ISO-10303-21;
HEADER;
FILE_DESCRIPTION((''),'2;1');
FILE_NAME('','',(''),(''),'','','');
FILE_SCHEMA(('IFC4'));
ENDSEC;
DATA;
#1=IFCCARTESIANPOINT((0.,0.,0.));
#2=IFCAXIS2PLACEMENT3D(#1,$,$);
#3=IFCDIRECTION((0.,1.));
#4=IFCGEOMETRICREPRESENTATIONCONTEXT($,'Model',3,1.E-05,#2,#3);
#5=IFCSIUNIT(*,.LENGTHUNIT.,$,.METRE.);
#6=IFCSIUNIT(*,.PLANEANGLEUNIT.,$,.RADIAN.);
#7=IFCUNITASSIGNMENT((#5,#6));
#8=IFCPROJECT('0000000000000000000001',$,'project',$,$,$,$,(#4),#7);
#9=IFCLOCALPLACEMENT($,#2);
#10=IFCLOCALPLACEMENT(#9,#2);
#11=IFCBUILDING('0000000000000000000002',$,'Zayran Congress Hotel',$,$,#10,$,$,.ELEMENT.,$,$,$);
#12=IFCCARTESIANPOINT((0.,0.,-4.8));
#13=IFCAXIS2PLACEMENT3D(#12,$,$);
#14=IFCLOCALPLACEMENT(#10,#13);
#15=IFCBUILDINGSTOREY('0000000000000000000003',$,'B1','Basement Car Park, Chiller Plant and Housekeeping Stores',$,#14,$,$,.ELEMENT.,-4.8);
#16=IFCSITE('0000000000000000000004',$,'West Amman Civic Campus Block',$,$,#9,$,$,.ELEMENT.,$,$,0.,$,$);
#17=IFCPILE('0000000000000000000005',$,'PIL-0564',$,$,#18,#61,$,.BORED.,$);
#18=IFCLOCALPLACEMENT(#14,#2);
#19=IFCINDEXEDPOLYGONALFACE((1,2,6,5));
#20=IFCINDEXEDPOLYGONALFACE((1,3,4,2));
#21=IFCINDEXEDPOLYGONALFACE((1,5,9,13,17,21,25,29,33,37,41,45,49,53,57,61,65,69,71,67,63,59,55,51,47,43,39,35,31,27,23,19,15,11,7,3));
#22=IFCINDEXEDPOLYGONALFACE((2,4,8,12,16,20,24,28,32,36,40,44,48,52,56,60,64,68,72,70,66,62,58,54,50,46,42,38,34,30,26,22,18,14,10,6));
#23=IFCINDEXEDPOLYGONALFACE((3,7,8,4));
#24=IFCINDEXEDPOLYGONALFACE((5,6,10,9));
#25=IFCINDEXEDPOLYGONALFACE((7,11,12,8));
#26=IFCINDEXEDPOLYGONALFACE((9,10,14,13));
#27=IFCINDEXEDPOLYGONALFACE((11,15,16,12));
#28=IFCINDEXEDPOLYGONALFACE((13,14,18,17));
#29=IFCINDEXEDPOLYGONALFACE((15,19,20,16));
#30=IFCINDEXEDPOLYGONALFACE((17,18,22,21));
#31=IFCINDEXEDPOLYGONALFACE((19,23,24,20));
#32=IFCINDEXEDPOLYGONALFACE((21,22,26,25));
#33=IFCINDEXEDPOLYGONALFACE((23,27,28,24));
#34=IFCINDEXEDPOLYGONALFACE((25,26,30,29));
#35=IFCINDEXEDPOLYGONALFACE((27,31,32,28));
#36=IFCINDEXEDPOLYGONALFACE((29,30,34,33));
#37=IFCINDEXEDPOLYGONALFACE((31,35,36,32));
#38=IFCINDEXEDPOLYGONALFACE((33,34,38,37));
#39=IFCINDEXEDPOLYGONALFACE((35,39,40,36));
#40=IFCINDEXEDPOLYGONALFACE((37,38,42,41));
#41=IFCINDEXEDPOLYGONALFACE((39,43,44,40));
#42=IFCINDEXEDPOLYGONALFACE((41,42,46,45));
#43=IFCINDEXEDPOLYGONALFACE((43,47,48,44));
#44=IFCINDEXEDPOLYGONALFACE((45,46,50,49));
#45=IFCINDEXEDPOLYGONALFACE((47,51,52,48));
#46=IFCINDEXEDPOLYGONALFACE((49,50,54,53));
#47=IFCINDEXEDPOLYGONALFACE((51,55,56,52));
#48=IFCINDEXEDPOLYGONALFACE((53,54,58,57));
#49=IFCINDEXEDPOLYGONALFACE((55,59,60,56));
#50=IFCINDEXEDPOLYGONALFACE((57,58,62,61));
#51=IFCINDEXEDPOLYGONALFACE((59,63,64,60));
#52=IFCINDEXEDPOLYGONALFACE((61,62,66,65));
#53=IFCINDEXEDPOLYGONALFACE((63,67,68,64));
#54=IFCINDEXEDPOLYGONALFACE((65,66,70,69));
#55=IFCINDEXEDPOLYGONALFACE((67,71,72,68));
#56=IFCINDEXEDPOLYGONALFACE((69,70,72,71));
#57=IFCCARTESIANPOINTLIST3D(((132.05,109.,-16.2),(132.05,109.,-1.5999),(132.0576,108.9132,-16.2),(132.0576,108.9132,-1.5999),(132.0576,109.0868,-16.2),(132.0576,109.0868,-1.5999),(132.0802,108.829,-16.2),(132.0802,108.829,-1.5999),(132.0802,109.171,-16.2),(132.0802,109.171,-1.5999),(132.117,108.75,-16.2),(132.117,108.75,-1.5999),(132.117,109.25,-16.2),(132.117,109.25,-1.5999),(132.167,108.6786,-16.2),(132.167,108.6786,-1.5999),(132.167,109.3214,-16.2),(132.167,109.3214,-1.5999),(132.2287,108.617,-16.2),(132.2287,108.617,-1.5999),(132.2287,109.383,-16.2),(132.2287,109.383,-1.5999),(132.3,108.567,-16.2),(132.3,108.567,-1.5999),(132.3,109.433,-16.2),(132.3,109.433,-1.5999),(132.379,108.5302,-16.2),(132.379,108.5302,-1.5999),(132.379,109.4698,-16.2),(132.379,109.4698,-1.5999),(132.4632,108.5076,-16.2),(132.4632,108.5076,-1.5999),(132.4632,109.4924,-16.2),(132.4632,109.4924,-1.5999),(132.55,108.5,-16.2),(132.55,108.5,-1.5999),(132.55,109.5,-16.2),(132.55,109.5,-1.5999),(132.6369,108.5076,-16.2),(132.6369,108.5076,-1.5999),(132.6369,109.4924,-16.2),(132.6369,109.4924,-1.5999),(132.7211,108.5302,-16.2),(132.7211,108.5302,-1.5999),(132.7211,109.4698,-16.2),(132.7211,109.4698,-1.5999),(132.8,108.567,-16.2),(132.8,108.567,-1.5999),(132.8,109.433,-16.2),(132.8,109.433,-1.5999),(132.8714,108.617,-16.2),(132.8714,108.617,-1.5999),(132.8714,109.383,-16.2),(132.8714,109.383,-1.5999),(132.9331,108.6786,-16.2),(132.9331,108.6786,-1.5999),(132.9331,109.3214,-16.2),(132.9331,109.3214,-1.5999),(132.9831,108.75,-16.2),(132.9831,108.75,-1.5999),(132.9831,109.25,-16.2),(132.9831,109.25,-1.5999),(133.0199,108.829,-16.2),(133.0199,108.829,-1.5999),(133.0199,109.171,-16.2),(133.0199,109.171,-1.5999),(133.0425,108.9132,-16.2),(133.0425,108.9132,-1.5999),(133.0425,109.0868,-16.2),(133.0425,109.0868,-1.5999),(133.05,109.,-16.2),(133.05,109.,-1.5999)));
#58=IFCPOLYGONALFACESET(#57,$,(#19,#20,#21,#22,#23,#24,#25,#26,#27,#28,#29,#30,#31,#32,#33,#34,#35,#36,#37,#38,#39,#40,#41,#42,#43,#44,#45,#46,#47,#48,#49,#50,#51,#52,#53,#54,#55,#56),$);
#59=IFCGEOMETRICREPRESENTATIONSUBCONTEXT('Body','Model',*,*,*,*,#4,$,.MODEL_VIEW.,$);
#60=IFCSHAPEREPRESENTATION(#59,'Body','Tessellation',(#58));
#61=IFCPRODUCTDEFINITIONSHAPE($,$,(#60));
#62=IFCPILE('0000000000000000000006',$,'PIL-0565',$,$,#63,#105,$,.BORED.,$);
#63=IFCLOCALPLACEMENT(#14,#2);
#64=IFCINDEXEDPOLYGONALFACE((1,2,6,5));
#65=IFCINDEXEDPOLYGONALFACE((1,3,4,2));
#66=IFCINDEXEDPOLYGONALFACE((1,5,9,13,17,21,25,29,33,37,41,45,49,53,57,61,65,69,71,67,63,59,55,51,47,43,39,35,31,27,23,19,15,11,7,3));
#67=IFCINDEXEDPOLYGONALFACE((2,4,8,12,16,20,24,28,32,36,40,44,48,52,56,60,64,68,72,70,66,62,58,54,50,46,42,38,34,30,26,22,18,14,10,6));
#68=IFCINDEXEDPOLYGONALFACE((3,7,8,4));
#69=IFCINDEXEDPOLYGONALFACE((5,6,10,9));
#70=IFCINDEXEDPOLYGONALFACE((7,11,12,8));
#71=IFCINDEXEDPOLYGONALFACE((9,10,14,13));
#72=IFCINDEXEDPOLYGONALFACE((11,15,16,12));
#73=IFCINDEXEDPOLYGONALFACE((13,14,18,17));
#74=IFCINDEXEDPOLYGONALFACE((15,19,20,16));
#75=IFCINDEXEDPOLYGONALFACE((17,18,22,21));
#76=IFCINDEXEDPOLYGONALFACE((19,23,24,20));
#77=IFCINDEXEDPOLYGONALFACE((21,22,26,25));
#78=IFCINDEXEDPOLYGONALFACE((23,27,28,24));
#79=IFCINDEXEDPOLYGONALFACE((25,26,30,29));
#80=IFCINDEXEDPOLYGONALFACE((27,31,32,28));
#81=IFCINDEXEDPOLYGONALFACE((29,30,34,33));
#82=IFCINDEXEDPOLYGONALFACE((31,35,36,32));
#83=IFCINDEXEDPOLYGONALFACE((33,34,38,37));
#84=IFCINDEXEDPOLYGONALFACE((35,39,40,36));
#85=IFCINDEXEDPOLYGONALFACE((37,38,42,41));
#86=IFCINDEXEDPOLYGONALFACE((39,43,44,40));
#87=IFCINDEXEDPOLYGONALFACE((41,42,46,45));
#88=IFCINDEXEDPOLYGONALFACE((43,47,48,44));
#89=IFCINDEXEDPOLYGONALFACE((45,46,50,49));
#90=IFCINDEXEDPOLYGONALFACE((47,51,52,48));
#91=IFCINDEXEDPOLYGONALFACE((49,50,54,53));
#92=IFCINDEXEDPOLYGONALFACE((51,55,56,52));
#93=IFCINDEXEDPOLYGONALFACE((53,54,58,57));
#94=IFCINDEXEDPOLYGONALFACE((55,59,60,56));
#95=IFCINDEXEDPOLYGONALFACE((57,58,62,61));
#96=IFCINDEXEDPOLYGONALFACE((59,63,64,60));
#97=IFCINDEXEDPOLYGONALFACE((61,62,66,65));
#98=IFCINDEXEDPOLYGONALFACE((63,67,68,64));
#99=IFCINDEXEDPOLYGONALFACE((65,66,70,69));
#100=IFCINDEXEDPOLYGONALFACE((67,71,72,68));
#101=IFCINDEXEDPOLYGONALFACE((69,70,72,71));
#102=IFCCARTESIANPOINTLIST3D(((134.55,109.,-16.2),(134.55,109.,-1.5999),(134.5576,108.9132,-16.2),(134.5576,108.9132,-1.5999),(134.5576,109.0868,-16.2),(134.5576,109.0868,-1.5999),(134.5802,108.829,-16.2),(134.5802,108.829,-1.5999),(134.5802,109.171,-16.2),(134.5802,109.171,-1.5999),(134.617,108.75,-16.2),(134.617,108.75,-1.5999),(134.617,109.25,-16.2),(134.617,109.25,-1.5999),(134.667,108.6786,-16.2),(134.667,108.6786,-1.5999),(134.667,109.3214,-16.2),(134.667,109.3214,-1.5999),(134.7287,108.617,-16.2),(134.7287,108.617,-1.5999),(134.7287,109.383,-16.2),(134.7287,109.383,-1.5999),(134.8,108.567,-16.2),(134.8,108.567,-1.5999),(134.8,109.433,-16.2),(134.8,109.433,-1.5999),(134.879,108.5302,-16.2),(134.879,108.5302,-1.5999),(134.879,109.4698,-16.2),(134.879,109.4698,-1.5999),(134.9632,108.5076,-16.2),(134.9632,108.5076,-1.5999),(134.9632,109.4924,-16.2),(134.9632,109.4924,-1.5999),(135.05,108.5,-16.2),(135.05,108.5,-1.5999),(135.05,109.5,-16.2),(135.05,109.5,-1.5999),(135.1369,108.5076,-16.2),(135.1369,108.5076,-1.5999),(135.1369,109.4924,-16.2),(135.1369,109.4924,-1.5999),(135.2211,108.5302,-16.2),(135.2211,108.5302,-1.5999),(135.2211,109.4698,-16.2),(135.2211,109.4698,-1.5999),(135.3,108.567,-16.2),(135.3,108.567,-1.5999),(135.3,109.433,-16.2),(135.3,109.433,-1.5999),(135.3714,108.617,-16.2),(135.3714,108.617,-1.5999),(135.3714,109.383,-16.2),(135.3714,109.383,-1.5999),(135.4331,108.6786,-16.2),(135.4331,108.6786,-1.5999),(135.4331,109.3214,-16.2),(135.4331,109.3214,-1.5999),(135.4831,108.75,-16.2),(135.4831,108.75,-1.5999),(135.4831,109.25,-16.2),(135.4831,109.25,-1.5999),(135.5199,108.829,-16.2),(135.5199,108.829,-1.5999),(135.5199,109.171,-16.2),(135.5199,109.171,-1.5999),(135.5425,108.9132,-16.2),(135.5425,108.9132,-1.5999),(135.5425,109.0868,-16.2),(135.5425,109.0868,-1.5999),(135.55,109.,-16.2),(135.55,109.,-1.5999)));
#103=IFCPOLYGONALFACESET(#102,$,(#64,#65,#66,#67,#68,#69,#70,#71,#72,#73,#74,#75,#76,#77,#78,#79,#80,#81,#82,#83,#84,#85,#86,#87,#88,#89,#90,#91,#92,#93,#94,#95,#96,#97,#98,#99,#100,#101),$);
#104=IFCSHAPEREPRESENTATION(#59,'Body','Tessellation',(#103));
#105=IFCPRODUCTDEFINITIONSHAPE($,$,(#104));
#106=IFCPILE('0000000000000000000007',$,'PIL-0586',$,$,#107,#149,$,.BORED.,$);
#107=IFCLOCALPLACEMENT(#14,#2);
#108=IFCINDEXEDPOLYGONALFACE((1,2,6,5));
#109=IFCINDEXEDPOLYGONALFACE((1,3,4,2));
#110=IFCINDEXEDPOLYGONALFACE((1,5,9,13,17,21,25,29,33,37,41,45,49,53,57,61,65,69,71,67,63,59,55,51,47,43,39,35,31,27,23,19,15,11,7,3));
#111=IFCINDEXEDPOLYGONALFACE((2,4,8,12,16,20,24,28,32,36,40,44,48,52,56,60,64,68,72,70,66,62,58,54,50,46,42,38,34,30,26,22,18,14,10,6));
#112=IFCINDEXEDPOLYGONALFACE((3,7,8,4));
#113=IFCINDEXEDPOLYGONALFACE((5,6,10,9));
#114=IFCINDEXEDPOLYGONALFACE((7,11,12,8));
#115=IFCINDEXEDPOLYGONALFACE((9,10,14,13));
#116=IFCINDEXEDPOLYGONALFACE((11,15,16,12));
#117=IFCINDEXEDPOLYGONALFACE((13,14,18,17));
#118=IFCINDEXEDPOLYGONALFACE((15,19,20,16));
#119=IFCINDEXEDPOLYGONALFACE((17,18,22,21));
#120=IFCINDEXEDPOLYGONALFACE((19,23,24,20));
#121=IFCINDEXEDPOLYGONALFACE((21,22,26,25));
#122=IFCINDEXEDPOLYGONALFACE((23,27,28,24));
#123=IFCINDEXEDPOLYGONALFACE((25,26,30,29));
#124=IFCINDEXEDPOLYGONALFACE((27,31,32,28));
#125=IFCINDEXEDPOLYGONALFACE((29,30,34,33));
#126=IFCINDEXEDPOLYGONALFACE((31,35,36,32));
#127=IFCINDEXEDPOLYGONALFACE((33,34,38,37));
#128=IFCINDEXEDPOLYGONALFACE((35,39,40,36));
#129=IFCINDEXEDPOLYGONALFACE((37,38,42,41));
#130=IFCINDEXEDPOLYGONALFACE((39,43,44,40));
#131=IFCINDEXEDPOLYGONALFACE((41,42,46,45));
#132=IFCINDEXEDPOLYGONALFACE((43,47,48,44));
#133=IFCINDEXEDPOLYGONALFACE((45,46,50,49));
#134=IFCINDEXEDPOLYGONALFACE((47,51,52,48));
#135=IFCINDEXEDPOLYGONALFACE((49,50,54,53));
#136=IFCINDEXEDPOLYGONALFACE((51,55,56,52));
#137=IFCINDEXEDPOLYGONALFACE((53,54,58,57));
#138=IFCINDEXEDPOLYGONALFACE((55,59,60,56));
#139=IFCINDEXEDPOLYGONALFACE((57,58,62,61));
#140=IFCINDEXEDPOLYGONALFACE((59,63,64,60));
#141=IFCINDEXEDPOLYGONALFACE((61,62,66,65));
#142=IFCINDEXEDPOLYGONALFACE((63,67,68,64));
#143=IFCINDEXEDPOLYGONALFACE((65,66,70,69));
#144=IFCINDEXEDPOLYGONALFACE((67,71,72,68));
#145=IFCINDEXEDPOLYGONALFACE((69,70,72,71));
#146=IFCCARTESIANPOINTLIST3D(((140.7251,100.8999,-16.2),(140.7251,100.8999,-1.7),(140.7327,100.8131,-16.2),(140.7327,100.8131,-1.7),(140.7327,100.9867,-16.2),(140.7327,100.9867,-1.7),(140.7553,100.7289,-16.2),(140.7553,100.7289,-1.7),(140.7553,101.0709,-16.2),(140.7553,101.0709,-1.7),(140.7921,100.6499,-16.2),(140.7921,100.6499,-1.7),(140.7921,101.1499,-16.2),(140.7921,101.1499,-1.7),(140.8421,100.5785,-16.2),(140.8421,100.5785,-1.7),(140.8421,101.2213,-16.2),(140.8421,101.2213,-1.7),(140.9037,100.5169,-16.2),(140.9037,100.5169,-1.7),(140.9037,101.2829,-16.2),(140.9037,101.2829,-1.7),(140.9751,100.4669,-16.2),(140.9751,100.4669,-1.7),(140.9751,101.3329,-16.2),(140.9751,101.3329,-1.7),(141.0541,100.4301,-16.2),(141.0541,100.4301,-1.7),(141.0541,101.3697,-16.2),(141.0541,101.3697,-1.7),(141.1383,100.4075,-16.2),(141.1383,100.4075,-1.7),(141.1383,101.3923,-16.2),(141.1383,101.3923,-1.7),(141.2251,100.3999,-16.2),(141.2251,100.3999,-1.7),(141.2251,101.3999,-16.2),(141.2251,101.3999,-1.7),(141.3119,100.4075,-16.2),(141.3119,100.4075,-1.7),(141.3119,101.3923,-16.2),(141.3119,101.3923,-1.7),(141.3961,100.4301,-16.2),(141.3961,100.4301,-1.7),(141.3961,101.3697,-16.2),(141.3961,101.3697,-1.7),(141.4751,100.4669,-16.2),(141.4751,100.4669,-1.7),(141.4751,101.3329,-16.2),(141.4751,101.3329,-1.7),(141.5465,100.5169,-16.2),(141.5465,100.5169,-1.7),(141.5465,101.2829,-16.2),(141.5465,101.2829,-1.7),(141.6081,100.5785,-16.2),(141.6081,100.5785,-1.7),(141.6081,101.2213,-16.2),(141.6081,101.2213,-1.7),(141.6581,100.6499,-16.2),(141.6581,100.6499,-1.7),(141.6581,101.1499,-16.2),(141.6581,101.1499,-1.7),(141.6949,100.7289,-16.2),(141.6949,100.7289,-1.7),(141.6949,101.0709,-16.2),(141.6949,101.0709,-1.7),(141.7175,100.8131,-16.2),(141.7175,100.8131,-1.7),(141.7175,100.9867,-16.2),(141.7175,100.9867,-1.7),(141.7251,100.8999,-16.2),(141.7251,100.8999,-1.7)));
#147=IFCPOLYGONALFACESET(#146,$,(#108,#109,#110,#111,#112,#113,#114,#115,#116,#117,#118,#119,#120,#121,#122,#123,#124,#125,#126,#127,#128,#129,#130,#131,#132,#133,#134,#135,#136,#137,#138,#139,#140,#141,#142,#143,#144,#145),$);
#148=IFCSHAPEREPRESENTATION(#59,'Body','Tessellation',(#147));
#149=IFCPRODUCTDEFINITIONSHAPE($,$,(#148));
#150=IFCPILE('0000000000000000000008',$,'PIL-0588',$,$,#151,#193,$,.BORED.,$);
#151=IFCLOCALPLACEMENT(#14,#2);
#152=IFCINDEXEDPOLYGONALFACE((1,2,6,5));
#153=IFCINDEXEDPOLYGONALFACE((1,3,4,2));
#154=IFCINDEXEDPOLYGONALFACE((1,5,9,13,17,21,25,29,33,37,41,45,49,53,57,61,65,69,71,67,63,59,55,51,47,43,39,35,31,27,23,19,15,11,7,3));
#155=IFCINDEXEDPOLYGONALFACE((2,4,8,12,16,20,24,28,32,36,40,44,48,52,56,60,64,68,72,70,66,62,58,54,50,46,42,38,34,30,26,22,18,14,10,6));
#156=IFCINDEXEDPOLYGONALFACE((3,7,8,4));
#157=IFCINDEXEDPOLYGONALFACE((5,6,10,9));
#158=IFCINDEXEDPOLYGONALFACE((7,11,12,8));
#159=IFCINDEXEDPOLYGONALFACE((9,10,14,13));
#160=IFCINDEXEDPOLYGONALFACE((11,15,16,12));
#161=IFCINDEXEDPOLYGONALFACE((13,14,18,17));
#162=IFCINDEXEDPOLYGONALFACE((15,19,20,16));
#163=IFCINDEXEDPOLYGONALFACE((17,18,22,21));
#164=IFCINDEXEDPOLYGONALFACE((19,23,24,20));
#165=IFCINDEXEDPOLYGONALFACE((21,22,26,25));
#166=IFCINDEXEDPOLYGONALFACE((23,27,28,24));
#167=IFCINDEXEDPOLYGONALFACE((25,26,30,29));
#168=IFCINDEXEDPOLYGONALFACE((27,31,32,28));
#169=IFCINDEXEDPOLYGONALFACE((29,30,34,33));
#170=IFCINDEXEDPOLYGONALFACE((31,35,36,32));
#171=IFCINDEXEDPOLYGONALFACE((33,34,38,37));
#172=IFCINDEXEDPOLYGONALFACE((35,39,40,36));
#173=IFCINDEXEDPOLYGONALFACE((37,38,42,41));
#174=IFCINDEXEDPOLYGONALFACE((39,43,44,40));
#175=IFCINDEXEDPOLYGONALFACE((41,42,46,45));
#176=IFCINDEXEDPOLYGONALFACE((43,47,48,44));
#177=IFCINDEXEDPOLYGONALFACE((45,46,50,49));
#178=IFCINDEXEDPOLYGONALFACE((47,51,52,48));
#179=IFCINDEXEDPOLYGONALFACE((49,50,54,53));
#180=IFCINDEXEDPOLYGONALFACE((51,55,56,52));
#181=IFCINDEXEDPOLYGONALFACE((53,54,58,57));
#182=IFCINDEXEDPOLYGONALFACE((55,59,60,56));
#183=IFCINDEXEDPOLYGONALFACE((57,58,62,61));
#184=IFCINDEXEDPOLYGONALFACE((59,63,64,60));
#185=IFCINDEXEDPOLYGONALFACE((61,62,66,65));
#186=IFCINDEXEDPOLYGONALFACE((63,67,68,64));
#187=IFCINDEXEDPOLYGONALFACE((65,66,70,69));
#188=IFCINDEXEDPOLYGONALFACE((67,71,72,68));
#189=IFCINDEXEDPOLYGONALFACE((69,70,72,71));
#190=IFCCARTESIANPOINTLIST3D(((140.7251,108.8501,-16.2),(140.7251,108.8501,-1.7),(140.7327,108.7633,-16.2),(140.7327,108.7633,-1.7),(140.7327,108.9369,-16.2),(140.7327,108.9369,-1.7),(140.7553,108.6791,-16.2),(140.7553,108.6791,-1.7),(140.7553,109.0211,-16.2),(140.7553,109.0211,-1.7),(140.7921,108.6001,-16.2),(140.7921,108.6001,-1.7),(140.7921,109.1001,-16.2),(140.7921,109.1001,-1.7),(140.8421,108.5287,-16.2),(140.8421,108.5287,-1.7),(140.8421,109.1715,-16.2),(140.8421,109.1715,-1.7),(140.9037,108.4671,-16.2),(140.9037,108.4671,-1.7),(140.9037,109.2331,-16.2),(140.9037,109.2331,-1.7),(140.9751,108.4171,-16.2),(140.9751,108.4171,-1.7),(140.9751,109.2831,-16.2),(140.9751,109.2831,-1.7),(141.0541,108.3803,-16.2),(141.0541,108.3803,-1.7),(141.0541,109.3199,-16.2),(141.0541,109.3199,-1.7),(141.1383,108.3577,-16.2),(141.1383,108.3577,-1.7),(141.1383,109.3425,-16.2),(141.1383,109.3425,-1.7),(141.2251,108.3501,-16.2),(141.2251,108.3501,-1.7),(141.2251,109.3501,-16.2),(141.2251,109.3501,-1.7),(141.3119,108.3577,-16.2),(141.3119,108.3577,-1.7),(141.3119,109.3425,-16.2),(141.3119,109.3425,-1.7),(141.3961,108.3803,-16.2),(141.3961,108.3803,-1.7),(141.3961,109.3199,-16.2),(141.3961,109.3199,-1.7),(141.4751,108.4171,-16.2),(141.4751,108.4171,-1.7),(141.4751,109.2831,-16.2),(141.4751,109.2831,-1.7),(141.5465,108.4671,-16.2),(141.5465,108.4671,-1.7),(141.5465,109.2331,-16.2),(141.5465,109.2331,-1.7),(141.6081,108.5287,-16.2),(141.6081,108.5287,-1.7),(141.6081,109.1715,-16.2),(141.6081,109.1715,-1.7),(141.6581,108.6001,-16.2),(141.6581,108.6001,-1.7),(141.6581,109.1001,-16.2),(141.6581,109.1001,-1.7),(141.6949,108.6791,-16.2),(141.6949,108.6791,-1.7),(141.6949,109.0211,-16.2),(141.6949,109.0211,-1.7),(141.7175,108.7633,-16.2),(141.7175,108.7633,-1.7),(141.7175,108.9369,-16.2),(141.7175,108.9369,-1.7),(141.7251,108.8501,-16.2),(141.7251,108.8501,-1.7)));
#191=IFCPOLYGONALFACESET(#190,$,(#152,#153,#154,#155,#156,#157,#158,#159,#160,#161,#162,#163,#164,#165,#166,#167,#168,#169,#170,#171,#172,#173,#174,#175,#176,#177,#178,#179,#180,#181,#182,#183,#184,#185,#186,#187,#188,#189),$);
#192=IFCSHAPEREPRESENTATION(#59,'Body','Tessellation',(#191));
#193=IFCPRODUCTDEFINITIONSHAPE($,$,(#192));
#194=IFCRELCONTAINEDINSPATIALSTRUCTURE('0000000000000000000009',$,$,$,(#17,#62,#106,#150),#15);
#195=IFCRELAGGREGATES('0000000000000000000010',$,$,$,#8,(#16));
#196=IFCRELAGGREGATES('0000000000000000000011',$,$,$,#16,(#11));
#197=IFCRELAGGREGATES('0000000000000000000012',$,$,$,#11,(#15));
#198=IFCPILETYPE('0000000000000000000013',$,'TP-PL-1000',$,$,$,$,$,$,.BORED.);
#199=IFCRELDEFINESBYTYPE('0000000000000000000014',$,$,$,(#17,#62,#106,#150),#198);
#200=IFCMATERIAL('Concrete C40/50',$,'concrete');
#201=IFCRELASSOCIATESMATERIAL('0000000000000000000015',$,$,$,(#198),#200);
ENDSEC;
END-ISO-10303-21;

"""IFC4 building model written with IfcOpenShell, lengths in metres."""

from ifc_helpers import new_model, si_unit, direction, frame, origin, origin_2d, place, context, subcontext, project, spatial, circle, extrude, material, material_profile, profile_set, type_object, element, save


model = new_model("IFC4")

# Units and contexts
model_context = context("Model", 3, precision=1e-05, world=origin(), true_north=direction((0.0, 1.0)))
body_context = subcontext(model_context, "Body", "Model", "MODEL_VIEW")
ifc_project = project(units=[si_unit("LENGTHUNIT", "METRE"), si_unit("PLANEANGLEUNIT", "RADIAN")], contexts=[model_context])

# Site, building, storey
site_placement = place(None, origin())
site = spatial("IfcSite", under=ifc_project, at=site_placement, Name="West Amman Civic Campus Block", CompositionType="ELEMENT", RefElevation=0.0)
building_placement = place(site_placement, origin())
building = spatial("IfcBuilding", under=site, at=building_placement, Name="Zayran Congress Hotel", CompositionType="ELEMENT")
storey_placement = place(building_placement, frame((0.0, 0.0, -4.8)))
storey = spatial("IfcBuildingStorey", under=building, at=storey_placement, Name="B1", Description="Basement Car Park, Chiller Plant and Housekeeping Stores", CompositionType="ELEMENT", Elevation=-4.8)

# Piles
ifc_material_1 = material(Name="Concrete C40/50", Category="concrete")
ifc_material_profile_1 = material_profile(ifc_material_1, circle(Radius=0.5, at=origin_2d()), Name="PILE D1000")
ifc_profile_set_1 = profile_set([ifc_material_profile_1], Name="Concrete C40/50")
pile_type_1 = type_object("IfcPileType", Name="TP-PL-1000", PredefinedType="BORED", material=ifc_profile_set_1)
for number, where, z_axis, x_axis, name in (
    (1, (132.55, 109.0, -1.5999), (0.0, 0.0, -1.0), (1.0, 0.0, 0.0), "PIL-0564"),
    (2, (135.05, 109.0, -1.5999), (0.0, 0.0, -1.0), (1.0, 0.0, 0.0), "PIL-0565"),
):
    element("IfcPile", number, at=place(storey_placement, frame(where, z_axis=z_axis, x_axis=x_axis)), inside=storey, type_object=pile_type_1, Name=name, PredefinedType="BORED", context=body_context, shape_type="SweptSolid", body=[
        extrude(circle(Radius=0.5, at=origin_2d()), origin(), (0.0, 0.0, 1.0), 14.6001),
    ])
for number, where, z_axis, x_axis, name in (
    (3, (141.2251, 100.8999, -1.7), (0.0, 0.0, -1.0), (1.0, 0.0, 0.0), "PIL-0586"),
    (4, (141.2251, 108.8501, -1.7), (0.0, 0.0, -1.0), (1.0, 0.0, 0.0), "PIL-0588"),
):
    element("IfcPile", number, at=place(storey_placement, frame(where, z_axis=z_axis, x_axis=x_axis)), inside=storey, type_object=pile_type_1, Name=name, PredefinedType="BORED", context=body_context, shape_type="SweptSolid", body=[
        extrude(circle(Radius=0.5, at=origin_2d()), origin(), (0.0, 0.0, 1.0), 14.5),
    ])

save(model, "model.ifc")
